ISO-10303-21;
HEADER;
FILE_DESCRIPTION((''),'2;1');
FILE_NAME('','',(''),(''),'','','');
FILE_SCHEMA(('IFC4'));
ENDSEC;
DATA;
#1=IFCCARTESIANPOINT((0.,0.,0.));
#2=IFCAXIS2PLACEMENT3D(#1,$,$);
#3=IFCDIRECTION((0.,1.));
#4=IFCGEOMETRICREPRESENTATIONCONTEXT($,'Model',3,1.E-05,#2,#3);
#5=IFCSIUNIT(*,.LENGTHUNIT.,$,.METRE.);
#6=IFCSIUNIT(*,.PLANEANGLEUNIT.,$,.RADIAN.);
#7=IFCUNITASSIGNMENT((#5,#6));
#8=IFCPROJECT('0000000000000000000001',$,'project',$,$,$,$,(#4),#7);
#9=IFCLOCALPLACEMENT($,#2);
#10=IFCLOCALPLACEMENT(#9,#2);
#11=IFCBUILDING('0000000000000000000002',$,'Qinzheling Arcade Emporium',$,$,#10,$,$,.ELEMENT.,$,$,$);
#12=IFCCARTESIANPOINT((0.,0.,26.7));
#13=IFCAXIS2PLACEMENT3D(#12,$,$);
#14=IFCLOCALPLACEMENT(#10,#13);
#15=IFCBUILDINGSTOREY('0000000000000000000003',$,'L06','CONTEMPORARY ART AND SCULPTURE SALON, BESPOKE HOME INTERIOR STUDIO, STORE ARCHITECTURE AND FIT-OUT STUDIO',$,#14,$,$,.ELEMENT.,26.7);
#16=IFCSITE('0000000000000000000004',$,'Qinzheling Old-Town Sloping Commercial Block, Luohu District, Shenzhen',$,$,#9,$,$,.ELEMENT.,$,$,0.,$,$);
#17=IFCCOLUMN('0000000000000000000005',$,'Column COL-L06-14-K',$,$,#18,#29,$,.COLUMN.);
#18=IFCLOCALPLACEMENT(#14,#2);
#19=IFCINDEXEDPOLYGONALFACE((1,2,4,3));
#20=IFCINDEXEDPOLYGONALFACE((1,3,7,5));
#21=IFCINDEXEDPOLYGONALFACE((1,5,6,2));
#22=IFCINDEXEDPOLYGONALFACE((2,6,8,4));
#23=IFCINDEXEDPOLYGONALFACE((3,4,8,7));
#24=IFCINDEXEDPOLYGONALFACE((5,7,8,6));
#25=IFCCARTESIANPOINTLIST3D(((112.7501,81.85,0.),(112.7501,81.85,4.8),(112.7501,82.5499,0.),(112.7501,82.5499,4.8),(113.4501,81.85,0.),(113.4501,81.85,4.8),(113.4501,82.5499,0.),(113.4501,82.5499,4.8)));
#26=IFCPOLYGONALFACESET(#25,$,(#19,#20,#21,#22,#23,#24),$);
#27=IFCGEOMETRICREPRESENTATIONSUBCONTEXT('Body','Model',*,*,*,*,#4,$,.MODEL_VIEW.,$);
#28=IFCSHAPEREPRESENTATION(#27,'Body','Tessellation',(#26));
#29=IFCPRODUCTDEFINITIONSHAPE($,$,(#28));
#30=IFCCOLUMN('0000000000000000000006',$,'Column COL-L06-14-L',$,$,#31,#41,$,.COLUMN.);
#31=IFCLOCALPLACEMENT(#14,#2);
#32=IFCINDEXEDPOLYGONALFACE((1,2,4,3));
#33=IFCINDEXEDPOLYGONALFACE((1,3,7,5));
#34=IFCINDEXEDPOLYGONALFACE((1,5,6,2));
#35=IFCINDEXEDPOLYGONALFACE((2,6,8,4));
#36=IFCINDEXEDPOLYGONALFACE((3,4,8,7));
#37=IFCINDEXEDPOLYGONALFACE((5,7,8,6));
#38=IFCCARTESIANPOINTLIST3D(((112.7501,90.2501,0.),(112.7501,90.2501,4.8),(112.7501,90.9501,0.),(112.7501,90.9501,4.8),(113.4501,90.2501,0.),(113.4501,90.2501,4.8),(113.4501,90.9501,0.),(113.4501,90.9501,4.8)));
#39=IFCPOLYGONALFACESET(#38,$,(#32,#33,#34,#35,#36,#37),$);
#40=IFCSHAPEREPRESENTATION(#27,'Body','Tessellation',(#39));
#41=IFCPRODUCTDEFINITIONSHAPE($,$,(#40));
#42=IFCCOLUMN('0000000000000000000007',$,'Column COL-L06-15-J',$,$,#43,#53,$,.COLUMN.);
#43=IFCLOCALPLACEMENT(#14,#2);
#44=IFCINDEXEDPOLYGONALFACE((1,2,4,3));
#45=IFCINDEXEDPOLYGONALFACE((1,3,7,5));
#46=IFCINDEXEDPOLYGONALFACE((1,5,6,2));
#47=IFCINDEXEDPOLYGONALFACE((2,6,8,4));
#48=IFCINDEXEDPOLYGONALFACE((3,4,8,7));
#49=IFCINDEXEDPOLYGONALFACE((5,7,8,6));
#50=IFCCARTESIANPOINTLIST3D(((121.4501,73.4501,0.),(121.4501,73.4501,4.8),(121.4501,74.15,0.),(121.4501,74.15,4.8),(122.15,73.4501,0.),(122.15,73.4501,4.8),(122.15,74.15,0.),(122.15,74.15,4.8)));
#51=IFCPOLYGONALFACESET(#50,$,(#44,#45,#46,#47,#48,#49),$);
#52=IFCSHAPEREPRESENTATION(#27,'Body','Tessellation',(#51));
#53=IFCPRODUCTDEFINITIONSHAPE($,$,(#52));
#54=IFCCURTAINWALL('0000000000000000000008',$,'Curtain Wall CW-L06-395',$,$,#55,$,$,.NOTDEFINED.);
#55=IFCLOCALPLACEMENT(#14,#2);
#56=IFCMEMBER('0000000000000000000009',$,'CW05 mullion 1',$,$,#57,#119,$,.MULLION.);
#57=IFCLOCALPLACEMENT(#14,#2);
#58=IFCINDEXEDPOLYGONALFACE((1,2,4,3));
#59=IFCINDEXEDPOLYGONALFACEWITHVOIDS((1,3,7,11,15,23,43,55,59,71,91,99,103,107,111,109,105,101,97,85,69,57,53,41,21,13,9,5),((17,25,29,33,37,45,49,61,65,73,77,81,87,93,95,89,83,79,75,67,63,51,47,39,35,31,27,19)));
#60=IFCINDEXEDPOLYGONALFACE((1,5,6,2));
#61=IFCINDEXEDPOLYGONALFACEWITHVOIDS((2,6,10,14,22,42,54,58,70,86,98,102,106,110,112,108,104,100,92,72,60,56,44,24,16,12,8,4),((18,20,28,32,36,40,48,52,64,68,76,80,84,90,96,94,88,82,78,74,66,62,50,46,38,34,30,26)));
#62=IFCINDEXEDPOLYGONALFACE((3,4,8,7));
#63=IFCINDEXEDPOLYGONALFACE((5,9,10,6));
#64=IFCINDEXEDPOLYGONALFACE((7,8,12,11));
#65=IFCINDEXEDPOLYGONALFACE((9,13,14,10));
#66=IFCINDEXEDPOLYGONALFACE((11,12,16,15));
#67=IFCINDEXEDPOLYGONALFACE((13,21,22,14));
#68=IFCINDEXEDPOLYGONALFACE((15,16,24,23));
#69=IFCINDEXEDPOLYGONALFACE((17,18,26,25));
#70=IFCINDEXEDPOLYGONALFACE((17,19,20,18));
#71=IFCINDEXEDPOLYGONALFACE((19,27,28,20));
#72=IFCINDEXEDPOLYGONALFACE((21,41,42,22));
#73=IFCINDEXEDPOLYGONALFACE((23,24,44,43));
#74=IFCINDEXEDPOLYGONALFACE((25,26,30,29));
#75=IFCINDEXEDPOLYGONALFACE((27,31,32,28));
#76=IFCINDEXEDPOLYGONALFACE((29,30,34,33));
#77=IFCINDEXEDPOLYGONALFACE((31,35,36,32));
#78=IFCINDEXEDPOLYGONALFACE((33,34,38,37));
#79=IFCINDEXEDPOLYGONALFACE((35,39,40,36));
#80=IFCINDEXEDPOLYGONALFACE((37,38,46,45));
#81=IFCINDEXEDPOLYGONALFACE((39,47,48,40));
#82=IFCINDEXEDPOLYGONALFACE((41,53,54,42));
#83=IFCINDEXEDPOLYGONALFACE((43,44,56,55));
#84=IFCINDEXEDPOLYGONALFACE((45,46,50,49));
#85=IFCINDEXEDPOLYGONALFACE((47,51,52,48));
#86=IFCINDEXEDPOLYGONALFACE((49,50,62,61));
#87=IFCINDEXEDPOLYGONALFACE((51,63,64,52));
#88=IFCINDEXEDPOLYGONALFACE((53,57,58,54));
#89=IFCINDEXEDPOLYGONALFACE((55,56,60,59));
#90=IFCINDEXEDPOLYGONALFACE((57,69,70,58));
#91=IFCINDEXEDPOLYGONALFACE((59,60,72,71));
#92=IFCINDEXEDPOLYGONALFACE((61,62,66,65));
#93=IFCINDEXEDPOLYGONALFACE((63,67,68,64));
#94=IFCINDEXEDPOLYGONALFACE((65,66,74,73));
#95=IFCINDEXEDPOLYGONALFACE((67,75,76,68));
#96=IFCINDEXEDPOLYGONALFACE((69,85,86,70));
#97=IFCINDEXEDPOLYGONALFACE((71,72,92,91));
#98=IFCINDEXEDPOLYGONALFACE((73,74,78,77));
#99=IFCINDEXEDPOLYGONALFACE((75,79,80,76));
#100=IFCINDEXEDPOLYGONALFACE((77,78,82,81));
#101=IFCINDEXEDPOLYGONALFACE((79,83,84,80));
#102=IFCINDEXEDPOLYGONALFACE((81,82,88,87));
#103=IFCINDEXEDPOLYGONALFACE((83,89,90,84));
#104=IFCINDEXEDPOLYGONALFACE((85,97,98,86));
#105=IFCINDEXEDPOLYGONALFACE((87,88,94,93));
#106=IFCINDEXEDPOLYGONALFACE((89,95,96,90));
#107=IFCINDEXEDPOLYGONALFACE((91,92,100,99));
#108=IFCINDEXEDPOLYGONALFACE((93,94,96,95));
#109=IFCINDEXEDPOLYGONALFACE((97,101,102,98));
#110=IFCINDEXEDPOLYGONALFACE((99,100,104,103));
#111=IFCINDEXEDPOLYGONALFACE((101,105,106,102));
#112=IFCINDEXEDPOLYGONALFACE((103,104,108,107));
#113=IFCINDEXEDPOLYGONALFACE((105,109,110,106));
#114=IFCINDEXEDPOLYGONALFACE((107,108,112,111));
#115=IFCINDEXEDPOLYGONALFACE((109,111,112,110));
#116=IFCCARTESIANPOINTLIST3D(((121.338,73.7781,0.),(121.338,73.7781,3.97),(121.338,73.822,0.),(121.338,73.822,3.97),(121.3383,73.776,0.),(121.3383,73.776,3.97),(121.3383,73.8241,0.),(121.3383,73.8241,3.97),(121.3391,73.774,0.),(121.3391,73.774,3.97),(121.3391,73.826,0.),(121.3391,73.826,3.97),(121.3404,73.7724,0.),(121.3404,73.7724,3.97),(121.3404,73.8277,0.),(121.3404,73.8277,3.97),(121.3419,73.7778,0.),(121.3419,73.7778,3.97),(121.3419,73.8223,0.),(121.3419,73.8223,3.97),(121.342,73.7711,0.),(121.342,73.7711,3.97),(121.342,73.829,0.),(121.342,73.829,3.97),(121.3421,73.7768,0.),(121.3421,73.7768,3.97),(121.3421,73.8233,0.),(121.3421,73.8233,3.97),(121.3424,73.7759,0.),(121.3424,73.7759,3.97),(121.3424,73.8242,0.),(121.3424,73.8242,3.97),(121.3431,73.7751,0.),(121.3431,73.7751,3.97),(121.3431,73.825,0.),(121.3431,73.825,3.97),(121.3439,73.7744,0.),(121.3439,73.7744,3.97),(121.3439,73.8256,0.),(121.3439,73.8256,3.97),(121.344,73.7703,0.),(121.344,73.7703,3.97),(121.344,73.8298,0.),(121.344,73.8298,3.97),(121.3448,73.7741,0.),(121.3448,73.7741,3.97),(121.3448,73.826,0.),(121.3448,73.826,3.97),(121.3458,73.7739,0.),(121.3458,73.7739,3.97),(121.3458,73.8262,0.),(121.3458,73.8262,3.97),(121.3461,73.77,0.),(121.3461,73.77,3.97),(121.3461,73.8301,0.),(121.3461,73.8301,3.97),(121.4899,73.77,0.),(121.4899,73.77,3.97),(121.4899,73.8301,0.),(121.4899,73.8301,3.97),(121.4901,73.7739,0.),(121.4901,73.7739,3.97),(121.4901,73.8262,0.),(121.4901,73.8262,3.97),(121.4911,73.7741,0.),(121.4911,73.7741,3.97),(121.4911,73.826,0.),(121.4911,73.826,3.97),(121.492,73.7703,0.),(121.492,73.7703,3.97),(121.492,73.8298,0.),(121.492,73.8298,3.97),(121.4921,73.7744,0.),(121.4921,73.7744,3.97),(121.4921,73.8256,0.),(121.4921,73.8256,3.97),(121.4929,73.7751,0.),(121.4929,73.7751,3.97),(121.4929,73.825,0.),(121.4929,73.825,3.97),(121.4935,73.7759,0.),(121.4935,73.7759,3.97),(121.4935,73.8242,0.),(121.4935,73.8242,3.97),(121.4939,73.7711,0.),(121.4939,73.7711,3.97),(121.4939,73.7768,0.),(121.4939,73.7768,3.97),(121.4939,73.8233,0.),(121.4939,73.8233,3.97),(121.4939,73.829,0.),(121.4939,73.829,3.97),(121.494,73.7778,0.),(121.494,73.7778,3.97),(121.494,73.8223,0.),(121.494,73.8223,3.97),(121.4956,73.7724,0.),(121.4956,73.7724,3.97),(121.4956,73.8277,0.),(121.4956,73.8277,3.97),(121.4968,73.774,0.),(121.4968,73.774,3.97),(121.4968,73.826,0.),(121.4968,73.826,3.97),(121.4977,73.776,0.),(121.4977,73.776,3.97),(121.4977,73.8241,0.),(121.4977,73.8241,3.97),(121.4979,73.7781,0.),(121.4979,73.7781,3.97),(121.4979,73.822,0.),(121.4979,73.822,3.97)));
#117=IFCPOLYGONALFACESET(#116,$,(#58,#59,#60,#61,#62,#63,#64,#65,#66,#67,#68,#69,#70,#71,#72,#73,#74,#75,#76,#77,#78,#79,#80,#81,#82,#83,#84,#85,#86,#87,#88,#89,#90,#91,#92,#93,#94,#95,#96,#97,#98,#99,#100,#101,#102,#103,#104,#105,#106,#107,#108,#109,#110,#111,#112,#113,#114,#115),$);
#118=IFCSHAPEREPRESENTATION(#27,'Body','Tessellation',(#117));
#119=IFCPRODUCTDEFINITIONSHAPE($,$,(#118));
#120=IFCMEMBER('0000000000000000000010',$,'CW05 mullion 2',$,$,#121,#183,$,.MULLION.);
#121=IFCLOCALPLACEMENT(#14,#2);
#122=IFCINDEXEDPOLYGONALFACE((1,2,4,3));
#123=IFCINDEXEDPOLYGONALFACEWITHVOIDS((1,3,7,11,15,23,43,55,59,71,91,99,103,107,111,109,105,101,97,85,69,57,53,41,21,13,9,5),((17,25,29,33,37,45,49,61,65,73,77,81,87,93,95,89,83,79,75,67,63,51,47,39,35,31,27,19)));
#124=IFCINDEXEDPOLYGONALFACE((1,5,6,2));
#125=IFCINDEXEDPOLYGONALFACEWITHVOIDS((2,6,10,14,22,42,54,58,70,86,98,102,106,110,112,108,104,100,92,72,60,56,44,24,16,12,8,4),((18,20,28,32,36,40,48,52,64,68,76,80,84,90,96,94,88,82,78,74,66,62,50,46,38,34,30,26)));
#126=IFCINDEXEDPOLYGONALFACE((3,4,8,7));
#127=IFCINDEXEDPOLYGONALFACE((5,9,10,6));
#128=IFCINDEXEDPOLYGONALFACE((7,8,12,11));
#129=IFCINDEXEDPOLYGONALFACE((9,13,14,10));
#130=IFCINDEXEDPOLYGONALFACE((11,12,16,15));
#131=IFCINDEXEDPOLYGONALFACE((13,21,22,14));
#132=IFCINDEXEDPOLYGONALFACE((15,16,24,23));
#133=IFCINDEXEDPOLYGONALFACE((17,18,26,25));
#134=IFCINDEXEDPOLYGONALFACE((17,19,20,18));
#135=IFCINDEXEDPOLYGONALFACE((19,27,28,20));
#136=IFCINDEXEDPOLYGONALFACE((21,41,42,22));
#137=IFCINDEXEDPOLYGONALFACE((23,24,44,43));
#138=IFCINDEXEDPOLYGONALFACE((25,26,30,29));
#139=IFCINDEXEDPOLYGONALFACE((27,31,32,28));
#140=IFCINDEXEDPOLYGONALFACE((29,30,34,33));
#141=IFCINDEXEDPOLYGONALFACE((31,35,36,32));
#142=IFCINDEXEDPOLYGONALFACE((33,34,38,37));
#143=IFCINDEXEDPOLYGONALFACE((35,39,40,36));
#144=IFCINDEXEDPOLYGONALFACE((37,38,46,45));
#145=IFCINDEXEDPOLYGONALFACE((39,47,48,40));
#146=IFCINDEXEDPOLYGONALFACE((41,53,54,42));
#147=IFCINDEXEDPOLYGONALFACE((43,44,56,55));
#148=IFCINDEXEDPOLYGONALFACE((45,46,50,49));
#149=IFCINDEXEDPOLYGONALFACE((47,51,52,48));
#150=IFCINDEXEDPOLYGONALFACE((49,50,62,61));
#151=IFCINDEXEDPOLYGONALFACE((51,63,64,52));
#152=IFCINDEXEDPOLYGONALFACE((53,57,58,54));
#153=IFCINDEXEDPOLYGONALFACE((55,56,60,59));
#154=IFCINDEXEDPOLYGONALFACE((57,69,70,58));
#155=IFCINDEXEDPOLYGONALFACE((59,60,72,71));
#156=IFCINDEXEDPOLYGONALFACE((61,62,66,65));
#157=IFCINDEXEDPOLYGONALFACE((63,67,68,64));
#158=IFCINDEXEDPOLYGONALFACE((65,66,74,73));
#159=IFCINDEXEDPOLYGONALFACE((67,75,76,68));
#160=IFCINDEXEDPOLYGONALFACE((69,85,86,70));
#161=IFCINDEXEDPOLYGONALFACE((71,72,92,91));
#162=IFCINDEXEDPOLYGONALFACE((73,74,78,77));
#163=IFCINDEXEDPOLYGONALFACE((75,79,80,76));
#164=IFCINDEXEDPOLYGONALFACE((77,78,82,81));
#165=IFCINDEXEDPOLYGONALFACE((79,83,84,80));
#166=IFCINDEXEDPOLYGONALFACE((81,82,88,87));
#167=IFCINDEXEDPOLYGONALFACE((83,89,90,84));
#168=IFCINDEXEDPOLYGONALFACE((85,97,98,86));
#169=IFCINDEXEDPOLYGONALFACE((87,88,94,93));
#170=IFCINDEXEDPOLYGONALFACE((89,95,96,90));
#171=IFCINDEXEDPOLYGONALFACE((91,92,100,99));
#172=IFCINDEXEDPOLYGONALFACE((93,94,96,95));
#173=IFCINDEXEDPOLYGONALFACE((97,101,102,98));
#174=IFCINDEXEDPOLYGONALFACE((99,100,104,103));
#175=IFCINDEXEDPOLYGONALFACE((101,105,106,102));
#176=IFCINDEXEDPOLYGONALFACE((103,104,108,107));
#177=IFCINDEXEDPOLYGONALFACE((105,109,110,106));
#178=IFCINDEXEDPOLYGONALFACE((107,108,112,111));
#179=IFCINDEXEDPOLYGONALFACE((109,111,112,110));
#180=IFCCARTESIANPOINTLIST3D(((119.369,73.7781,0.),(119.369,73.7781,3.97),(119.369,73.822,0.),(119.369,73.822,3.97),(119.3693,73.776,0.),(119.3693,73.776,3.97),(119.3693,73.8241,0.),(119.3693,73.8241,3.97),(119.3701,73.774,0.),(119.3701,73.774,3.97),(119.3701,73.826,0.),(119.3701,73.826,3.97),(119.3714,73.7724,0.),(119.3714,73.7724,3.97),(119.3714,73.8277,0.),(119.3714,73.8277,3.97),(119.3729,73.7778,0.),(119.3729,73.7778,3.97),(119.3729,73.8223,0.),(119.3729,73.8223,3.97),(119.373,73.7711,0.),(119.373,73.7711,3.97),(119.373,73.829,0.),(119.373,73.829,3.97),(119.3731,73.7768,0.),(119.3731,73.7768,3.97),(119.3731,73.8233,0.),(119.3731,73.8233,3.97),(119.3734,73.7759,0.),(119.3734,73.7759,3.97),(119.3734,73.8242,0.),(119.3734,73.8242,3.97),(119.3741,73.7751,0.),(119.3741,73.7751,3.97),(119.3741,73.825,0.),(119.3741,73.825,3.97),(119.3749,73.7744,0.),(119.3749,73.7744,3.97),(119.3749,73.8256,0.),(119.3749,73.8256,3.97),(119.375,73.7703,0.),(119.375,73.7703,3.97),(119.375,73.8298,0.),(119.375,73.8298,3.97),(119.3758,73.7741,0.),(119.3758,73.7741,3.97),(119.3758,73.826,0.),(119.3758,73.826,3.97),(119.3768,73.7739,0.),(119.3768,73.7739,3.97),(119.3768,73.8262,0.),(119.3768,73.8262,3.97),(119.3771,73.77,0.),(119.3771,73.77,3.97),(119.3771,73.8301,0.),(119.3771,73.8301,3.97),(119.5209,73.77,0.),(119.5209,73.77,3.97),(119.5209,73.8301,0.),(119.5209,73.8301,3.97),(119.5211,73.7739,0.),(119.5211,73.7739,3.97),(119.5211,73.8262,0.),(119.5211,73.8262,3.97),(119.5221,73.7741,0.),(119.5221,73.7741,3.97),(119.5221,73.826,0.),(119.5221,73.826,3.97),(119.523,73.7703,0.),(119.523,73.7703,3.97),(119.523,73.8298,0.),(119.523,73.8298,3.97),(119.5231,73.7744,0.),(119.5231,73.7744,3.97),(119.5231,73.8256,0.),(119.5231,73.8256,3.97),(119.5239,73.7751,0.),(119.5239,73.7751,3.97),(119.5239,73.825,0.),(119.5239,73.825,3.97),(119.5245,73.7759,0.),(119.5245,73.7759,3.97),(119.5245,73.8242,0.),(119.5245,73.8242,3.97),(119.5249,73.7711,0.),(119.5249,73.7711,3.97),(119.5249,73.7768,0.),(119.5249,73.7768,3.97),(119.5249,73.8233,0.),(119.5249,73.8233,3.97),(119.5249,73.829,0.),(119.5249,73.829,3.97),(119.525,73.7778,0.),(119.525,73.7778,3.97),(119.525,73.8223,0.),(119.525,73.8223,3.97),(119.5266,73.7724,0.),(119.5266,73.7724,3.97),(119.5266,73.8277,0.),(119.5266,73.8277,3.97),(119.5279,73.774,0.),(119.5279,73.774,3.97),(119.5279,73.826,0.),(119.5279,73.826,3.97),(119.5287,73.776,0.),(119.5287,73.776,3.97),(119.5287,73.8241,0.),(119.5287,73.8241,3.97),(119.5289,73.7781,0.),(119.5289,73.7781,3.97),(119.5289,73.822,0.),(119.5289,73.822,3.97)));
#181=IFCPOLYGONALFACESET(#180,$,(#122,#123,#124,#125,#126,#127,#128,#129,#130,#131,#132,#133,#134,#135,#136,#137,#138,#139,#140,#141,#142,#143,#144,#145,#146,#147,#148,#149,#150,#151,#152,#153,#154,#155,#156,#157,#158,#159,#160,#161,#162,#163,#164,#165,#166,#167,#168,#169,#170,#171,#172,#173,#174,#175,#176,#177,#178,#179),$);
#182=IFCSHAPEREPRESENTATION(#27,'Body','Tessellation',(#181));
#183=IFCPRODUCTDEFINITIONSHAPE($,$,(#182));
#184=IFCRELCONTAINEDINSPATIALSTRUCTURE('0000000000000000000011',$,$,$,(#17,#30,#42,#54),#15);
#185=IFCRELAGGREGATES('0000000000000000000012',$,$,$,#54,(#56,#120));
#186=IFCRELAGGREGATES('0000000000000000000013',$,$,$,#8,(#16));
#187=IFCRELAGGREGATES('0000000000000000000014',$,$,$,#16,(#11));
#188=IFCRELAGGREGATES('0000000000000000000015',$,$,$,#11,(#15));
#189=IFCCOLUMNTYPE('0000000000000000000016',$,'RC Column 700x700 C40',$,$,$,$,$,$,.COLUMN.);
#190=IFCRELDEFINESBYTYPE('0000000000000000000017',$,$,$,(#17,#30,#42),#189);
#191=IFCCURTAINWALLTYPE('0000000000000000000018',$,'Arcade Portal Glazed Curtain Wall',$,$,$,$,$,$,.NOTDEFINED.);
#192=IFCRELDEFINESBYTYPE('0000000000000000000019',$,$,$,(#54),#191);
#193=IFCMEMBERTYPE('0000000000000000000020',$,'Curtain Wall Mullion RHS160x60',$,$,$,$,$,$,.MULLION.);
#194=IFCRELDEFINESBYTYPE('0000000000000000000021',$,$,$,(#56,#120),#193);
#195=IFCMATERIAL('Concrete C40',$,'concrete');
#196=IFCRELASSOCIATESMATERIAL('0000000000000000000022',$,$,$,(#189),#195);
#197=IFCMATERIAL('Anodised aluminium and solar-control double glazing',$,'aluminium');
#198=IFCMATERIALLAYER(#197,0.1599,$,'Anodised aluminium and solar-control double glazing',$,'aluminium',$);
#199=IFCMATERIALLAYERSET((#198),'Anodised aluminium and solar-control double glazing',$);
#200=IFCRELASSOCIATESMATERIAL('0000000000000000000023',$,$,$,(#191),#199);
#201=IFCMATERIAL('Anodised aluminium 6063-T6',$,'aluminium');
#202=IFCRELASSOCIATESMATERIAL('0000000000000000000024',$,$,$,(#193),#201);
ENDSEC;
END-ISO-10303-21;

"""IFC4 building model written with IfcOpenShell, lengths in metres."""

from ifc_helpers import new_model, si_unit, direction, frame, origin, origin_2d, place, context, subcontext, project, spatial, rectangle, hollow_rectangle, extrude, material, layer, layer_set, material_profile, profile_set, type_object, element, aggregate, save


model = new_model("IFC4")

# Units and contexts
model_context = context("Model", 3, precision=1e-05, world=origin(), true_north=direction((0.0, 1.0)))
body_context = subcontext(model_context, "Body", "Model", "MODEL_VIEW")
ifc_project = project(units=[si_unit("LENGTHUNIT", "METRE"), si_unit("PLANEANGLEUNIT", "RADIAN")], contexts=[model_context])

# Site, building, storey
site_placement = place(None, origin())
site = spatial("IfcSite", under=ifc_project, at=site_placement, Name="Qinzheling Old-Town Sloping Commercial Block, Luohu District, Shenzhen", CompositionType="ELEMENT", RefElevation=0.0)
building_placement = place(site_placement, origin())
building = spatial("IfcBuilding", under=site, at=building_placement, Name="Qinzheling Arcade Emporium", CompositionType="ELEMENT")
storey_placement = place(building_placement, frame((0.0, 0.0, 26.7)))
storey = spatial("IfcBuildingStorey", under=building, at=storey_placement, Name="L06", Description="CONTEMPORARY ART AND SCULPTURE SALON, BESPOKE HOME INTERIOR STUDIO, STORE ARCHITECTURE AND FIT-OUT STUDIO", CompositionType="ELEMENT", Elevation=26.7)

# Columns
ifc_material_1 = material(Name="Concrete C40", Category="concrete")
ifc_material_profile_1 = material_profile(ifc_material_1, rectangle(XDim=0.7, YDim=0.7, at=origin_2d()), Name="RC 700x700", Category="concrete")
ifc_profile_set_1 = profile_set([ifc_material_profile_1], Name="Concrete C40")
column_type = type_object("IfcColumnType", Name="RC Column 700x700 C40", PredefinedType="COLUMN", material=ifc_profile_set_1)
for number, where, z_axis, x_axis, name in (
    (1, (113.1001, 82.2, 0.0), (0.0, 0.0, 1.0), (1.0, 0.0, 0.0), "Column COL-L06-14-K"),
    (2, (113.1001, 90.6001, 0.0), (0.0, 0.0, 1.0), (1.0, 0.0, 0.0), "Column COL-L06-14-L"),
    (3, (121.8, 73.8, 0.0), (0.0, 0.0, 1.0), (1.0, 0.0, 0.0), "Column COL-L06-15-J"),
):
    element("IfcColumn", number, at=place(storey_placement, frame(where, z_axis=z_axis, x_axis=x_axis)), inside=storey, type_object=column_type, Name=name, PredefinedType="COLUMN", context=body_context, shape_type="SweptSolid", body=[
        extrude(rectangle(XDim=0.7, YDim=0.7, at=origin_2d()), origin(), (0.0, 0.0, 1.0), 4.8),
    ])

# Curtain wall, members
ifc_material_2 = material(Name="Anodised aluminium and solar-control double glazing", Category="aluminium")
ifc_layer_1 = layer(ifc_material_2, 0.1599, Name="Anodised aluminium and solar-control double glazing", Category="aluminium")
ifc_layer_set_1 = layer_set([ifc_layer_1], Name="Anodised aluminium and solar-control double glazing")
curtain_wall_type = type_object("IfcCurtainWallType", Name="Arcade Portal Glazed Curtain Wall", PredefinedType="NOTDEFINED", material=ifc_layer_set_1)
curtain_wall_placement = place(storey_placement, origin())
curtain_wall = element("IfcCurtainWall", 4, at=curtain_wall_placement, inside=storey, type_object=curtain_wall_type, Name="Curtain Wall CW-L06-395", PredefinedType="NOTDEFINED")
ifc_material_3 = material(Name="Anodised aluminium 6063-T6", Category="aluminium")
ifc_material_profile_2 = material_profile(ifc_material_3, hollow_rectangle(XDim=0.0601, YDim=0.1599, WallThickness=0.0039, InnerFilletRadius=0.0039, OuterFilletRadius=0.0081, at=origin_2d()), Name="RHS 160x60x4", Category="aluminium")
ifc_profile_set_2 = profile_set([ifc_material_profile_2], Name="Anodised aluminium 6063-T6")
member_type_1 = type_object("IfcMemberType", Name="Curtain Wall Mullion RHS160x60", PredefinedType="MULLION", material=ifc_profile_set_2)
member_1_placement = place(storey_placement, frame((121.418, 73.8, 0.0), z_axis=(0.0, 0.0, 1.0), x_axis=(0.0, -1.0, 0.0)))
member_1 = element("IfcMember", 5, at=member_1_placement, type_object=member_type_1, Name="CW05 mullion 1", PredefinedType="MULLION", context=body_context, shape_type="SweptSolid", body=[
    extrude(hollow_rectangle(XDim=0.0601, YDim=0.1599, WallThickness=0.0039, InnerFilletRadius=0.0039, OuterFilletRadius=0.0081, at=origin_2d()), origin(), (0.0, 0.0, 1.0), 3.97),
])
member_2_placement = place(storey_placement, frame((119.449, 73.8, 0.0), z_axis=(0.0, 0.0, 1.0), x_axis=(0.0, -1.0, 0.0)))
member_2 = element("IfcMember", 6, at=member_2_placement, type_object=member_type_1, Name="CW05 mullion 2", PredefinedType="MULLION", context=body_context, shape_type="SweptSolid", body=[
    extrude(hollow_rectangle(XDim=0.0601, YDim=0.1599, WallThickness=0.0039, InnerFilletRadius=0.0039, OuterFilletRadius=0.0081, at=origin_2d()), origin(), (0.0, 0.0, 1.0), 3.97),
])

aggregate(curtain_wall, [member_1, member_2])

save(model, "model.ifc")
